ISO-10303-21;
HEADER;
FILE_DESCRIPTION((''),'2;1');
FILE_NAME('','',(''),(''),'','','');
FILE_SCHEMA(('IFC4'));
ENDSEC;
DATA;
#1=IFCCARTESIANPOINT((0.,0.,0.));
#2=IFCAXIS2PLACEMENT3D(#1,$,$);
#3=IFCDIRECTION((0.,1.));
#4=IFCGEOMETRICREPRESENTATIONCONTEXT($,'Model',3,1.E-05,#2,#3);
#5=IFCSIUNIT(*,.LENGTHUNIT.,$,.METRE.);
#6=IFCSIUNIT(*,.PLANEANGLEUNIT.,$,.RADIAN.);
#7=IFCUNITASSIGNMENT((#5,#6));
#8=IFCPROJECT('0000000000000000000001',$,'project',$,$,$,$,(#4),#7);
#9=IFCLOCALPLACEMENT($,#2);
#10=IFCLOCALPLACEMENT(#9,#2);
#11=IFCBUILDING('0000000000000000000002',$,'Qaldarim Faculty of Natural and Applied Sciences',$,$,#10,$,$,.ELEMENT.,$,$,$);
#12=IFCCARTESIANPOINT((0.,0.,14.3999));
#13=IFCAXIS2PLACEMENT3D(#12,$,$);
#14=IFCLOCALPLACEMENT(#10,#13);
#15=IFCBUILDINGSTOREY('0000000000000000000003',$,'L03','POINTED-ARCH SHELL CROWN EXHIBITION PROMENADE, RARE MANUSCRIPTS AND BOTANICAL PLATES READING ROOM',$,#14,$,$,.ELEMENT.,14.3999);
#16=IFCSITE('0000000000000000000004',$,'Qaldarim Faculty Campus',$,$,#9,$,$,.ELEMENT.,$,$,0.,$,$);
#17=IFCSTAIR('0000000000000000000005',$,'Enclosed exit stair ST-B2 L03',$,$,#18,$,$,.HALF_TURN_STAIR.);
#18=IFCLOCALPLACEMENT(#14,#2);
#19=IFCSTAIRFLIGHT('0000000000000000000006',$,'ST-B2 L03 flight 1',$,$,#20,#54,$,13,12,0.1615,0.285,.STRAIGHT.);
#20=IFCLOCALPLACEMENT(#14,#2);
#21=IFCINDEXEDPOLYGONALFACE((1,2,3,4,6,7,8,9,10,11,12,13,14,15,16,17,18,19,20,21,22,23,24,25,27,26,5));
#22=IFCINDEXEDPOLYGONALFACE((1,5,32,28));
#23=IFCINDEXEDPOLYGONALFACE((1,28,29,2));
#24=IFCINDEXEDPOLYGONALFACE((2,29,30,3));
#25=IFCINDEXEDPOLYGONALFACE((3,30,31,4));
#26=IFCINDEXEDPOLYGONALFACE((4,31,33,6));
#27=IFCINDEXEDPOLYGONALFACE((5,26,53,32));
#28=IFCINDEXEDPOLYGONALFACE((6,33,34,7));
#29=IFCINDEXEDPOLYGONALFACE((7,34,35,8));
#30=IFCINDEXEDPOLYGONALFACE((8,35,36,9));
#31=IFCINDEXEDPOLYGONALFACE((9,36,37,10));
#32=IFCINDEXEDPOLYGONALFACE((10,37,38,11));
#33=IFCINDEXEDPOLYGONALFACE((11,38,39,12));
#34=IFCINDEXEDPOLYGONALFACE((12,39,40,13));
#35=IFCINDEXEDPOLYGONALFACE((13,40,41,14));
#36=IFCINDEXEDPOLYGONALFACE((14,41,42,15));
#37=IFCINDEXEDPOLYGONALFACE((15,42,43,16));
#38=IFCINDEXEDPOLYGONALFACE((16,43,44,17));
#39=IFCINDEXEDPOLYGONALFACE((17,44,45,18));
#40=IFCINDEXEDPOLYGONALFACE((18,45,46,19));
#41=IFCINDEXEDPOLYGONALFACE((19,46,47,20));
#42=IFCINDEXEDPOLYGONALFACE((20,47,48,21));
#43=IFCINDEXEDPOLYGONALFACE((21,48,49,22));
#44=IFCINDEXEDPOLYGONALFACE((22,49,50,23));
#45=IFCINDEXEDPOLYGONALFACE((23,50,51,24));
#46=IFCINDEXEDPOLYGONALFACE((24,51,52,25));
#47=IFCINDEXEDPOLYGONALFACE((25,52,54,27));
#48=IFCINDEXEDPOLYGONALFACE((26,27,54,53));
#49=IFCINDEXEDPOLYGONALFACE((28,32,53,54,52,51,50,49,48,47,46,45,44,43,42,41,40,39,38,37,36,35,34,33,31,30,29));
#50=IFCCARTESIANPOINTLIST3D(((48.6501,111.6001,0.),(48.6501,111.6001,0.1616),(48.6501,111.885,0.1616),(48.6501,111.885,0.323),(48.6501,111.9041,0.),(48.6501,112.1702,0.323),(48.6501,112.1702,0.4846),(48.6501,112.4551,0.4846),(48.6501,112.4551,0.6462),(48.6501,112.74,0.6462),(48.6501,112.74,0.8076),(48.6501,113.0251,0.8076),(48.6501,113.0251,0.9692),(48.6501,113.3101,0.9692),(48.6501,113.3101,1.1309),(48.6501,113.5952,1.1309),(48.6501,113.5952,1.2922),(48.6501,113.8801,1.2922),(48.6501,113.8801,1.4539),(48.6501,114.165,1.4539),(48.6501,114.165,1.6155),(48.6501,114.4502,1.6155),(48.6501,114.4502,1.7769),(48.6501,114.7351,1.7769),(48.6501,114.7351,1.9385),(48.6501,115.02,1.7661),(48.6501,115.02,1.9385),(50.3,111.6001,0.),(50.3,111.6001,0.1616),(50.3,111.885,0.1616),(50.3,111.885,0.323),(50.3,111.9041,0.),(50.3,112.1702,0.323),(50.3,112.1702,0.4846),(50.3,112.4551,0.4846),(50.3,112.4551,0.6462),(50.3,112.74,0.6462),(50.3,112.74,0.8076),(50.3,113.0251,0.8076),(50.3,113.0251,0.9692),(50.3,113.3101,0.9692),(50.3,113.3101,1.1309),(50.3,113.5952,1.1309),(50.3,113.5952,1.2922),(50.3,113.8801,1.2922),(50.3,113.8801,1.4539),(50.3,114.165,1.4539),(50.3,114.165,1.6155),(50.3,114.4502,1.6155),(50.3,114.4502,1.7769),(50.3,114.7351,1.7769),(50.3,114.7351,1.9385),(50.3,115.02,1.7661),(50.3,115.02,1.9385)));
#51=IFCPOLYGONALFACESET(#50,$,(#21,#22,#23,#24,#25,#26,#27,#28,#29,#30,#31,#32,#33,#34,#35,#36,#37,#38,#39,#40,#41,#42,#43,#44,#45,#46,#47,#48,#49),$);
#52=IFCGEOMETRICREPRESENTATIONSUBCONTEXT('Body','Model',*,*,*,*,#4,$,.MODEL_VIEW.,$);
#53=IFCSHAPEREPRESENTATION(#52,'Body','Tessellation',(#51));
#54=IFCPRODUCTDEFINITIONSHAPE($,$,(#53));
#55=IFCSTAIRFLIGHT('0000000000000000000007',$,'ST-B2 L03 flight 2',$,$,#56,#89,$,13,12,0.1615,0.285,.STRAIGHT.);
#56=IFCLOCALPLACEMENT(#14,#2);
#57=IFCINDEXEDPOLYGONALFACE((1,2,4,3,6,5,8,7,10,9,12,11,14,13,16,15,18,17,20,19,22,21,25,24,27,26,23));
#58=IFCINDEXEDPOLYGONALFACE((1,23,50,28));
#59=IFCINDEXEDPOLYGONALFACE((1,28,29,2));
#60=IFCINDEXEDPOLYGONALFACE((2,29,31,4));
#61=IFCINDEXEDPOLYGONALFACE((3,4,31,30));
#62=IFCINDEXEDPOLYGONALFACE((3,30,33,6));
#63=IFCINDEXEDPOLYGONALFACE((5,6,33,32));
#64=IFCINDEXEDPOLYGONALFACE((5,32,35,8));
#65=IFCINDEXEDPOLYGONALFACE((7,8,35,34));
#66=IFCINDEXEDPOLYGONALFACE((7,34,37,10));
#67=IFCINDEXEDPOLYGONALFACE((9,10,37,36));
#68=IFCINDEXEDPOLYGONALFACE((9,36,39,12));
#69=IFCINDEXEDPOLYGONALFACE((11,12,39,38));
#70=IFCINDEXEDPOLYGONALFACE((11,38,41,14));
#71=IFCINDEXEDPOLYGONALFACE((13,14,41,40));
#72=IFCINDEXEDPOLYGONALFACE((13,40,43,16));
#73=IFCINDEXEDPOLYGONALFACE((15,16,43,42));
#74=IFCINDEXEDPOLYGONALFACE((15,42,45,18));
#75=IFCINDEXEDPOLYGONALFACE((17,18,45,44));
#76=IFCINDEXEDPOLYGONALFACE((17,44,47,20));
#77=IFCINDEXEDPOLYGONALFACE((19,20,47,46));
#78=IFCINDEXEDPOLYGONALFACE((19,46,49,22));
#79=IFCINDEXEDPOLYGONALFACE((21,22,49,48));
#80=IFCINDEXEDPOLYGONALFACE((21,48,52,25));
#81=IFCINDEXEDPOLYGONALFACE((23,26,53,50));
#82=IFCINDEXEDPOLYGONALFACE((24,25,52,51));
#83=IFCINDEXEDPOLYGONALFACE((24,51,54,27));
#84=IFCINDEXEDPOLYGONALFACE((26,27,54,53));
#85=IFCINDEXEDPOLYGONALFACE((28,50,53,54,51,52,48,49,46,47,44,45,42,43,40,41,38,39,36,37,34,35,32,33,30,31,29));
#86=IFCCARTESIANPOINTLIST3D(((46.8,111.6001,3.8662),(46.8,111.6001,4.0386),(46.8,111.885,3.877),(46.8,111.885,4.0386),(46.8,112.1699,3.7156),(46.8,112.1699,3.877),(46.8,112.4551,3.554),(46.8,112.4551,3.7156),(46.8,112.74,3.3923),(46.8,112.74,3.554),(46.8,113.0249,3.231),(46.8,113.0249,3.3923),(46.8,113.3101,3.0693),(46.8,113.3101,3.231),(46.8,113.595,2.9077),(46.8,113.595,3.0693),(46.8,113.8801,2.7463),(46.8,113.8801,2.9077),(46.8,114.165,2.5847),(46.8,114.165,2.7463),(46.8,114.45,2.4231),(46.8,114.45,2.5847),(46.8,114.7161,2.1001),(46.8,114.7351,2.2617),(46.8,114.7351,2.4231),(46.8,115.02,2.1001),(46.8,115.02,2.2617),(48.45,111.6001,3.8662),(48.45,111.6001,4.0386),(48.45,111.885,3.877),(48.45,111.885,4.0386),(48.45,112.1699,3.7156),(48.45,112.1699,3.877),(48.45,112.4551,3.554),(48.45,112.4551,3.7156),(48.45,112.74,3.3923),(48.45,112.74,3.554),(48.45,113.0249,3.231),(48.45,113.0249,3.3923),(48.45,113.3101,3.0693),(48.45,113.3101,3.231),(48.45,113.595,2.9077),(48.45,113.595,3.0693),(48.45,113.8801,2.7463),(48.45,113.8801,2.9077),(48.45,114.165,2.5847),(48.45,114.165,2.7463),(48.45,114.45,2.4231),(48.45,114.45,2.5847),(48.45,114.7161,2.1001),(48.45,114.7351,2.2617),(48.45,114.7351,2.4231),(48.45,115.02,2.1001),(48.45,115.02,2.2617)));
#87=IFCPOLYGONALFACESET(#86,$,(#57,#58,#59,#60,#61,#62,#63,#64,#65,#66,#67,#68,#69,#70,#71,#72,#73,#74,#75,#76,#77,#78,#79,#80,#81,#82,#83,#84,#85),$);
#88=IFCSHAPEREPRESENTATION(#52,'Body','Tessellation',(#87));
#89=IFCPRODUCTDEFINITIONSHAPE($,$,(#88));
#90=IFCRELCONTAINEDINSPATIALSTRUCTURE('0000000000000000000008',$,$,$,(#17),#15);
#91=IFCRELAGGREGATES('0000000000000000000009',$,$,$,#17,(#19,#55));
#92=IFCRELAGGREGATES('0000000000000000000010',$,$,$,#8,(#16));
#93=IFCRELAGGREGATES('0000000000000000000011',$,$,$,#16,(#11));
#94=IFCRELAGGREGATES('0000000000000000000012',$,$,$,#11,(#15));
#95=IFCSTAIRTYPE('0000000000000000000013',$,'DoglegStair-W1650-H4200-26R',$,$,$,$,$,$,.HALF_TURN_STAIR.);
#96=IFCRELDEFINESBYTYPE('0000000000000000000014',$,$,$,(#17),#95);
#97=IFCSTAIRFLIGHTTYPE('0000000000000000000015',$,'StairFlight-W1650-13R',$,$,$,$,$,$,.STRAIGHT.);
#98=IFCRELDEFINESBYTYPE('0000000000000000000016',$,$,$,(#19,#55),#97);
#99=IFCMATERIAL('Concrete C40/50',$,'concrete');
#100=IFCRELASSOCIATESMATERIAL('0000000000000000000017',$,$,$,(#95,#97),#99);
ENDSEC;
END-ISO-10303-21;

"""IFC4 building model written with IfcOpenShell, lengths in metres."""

from ifc_helpers import new_model, si_unit, direction, frame, origin, place, context, subcontext, project, spatial, polyline, outline, extrude, material, type_object, element, aggregate, save


model = new_model("IFC4")

# Units and contexts
model_context = context("Model", 3, precision=1e-05, world=origin(), true_north=direction((0.0, 1.0)))
body_context = subcontext(model_context, "Body", "Model", "MODEL_VIEW")
ifc_project = project(units=[si_unit("LENGTHUNIT", "METRE"), si_unit("PLANEANGLEUNIT", "RADIAN")], contexts=[model_context])

# Site, building, storey
site_placement = place(None, origin())
site = spatial("IfcSite", under=ifc_project, at=site_placement, Name="Qaldarim Faculty Campus", CompositionType="ELEMENT", RefElevation=0.0)
building_placement = place(site_placement, origin())
building = spatial("IfcBuilding", under=site, at=building_placement, Name="Qaldarim Faculty of Natural and Applied Sciences", CompositionType="ELEMENT")
storey_placement = place(building_placement, frame((0.0, 0.0, 14.3999)))
storey = spatial("IfcBuildingStorey", under=building, at=storey_placement, Name="L03", Description="POINTED-ARCH SHELL CROWN EXHIBITION PROMENADE, RARE MANUSCRIPTS AND BOTANICAL PLATES READING ROOM", CompositionType="ELEMENT", Elevation=14.3999)

# Shared definitions
ifc_material_1 = material(Name="Concrete C40/50", Category="concrete")

# Stair, stair flights
stair_type = type_object("IfcStairType", Name="DoglegStair-W1650-H4200-26R", PredefinedType="HALF_TURN_STAIR", material=ifc_material_1)
stair_placement = place(storey_placement, origin())
stair = element("IfcStair", 1, at=stair_placement, inside=storey, type_object=stair_type, Name="Enclosed exit stair ST-B2 L03", PredefinedType="HALF_TURN_STAIR")
stair_flight_type = type_object("IfcStairFlightType", Name="StairFlight-W1650-13R", PredefinedType="STRAIGHT", material=ifc_material_1)
stair_flight_1_placement = place(storey_placement, frame((49.4751, 111.6001, 0.0), z_axis=(0.0, 0.0, 1.0), x_axis=(0.0, 1.0, 0.0)))
stair_flight_1 = element("IfcStairFlight", 2, at=stair_flight_1_placement, type_object=stair_flight_type, Name="ST-B2 L03 flight 1", NumberOfRisers=13, NumberOfTreads=12, PredefinedType="STRAIGHT", RiserHeight=0.1615, TreadLength=0.285, context=body_context, shape_type="SweptSolid", body=[
    extrude(outline(polyline([(0.0, 0.0), (0.0, 0.1616), (0.2849, 0.1616), (0.2849, 0.323), (0.5701, 0.323), (0.5701, 0.4846), (0.855, 0.4846), (0.855, 0.6462), (1.1399, 0.6462), (1.1399, 0.8076), (1.425, 0.8076), (1.425, 0.9692), (1.71, 0.9692), (1.71, 1.1309), (1.9951, 1.1309), (1.9951, 1.2922), (2.28, 1.2922), (2.28, 1.4539), (2.5649, 1.4539), (2.5649, 1.6155), (2.8501, 1.6155), (2.8501, 1.7769), (3.135, 1.7769), (3.135, 1.9385), (3.4199, 1.9385), (3.4199, 2.1001), (3.4199, 1.7661), (0.304, 0.0), (0.0, 0.0)])), frame((0.0, 0.825, 0.0), z_axis=(0.0, -1.0, 0.0), x_axis=(1.0, 0.0, 0.0)), (0.0, 0.0, 1.0), 1.6499),
])
stair_flight_2_placement = place(storey_placement, frame((47.625, 115.02, 2.1001), z_axis=(0.0, 0.0, 1.0), x_axis=(0.0, -1.0, 0.0)))
stair_flight_2 = element("IfcStairFlight", 3, at=stair_flight_2_placement, type_object=stair_flight_type, Name="ST-B2 L03 flight 2", NumberOfRisers=13, NumberOfTreads=12, PredefinedType="STRAIGHT", RiserHeight=0.1615, TreadLength=0.285, context=body_context, shape_type="SweptSolid", body=[
    extrude(outline(polyline([(0.0, 0.0), (0.0, 0.1616), (0.2849, 0.1616), (0.2849, 0.323), (0.5701, 0.323), (0.5701, 0.4846), (0.855, 0.4846), (0.855, 0.6462), (1.1399, 0.6462), (1.1399, 0.8076), (1.425, 0.8076), (1.425, 0.9692), (1.71, 0.9692), (1.71, 1.1309), (1.9951, 1.1309), (1.9951, 1.2922), (2.28, 1.2922), (2.28, 1.4539), (2.5649, 1.4539), (2.5649, 1.6155), (2.8501, 1.6155), (2.8501, 1.7769), (3.135, 1.7769), (3.135, 1.9385), (3.4199, 1.9385), (3.4199, 2.1001), (3.4199, 1.7661), (0.304, 0.0), (0.0, 0.0)])), frame((0.0, 0.825, 0.0), z_axis=(0.0, -1.0, 0.0), x_axis=(1.0, 0.0, 0.0)), (0.0, 0.0, 1.0), 1.6499),
])
aggregate(stair, [stair_flight_1, stair_flight_2])

save(model, "model.ifc")
